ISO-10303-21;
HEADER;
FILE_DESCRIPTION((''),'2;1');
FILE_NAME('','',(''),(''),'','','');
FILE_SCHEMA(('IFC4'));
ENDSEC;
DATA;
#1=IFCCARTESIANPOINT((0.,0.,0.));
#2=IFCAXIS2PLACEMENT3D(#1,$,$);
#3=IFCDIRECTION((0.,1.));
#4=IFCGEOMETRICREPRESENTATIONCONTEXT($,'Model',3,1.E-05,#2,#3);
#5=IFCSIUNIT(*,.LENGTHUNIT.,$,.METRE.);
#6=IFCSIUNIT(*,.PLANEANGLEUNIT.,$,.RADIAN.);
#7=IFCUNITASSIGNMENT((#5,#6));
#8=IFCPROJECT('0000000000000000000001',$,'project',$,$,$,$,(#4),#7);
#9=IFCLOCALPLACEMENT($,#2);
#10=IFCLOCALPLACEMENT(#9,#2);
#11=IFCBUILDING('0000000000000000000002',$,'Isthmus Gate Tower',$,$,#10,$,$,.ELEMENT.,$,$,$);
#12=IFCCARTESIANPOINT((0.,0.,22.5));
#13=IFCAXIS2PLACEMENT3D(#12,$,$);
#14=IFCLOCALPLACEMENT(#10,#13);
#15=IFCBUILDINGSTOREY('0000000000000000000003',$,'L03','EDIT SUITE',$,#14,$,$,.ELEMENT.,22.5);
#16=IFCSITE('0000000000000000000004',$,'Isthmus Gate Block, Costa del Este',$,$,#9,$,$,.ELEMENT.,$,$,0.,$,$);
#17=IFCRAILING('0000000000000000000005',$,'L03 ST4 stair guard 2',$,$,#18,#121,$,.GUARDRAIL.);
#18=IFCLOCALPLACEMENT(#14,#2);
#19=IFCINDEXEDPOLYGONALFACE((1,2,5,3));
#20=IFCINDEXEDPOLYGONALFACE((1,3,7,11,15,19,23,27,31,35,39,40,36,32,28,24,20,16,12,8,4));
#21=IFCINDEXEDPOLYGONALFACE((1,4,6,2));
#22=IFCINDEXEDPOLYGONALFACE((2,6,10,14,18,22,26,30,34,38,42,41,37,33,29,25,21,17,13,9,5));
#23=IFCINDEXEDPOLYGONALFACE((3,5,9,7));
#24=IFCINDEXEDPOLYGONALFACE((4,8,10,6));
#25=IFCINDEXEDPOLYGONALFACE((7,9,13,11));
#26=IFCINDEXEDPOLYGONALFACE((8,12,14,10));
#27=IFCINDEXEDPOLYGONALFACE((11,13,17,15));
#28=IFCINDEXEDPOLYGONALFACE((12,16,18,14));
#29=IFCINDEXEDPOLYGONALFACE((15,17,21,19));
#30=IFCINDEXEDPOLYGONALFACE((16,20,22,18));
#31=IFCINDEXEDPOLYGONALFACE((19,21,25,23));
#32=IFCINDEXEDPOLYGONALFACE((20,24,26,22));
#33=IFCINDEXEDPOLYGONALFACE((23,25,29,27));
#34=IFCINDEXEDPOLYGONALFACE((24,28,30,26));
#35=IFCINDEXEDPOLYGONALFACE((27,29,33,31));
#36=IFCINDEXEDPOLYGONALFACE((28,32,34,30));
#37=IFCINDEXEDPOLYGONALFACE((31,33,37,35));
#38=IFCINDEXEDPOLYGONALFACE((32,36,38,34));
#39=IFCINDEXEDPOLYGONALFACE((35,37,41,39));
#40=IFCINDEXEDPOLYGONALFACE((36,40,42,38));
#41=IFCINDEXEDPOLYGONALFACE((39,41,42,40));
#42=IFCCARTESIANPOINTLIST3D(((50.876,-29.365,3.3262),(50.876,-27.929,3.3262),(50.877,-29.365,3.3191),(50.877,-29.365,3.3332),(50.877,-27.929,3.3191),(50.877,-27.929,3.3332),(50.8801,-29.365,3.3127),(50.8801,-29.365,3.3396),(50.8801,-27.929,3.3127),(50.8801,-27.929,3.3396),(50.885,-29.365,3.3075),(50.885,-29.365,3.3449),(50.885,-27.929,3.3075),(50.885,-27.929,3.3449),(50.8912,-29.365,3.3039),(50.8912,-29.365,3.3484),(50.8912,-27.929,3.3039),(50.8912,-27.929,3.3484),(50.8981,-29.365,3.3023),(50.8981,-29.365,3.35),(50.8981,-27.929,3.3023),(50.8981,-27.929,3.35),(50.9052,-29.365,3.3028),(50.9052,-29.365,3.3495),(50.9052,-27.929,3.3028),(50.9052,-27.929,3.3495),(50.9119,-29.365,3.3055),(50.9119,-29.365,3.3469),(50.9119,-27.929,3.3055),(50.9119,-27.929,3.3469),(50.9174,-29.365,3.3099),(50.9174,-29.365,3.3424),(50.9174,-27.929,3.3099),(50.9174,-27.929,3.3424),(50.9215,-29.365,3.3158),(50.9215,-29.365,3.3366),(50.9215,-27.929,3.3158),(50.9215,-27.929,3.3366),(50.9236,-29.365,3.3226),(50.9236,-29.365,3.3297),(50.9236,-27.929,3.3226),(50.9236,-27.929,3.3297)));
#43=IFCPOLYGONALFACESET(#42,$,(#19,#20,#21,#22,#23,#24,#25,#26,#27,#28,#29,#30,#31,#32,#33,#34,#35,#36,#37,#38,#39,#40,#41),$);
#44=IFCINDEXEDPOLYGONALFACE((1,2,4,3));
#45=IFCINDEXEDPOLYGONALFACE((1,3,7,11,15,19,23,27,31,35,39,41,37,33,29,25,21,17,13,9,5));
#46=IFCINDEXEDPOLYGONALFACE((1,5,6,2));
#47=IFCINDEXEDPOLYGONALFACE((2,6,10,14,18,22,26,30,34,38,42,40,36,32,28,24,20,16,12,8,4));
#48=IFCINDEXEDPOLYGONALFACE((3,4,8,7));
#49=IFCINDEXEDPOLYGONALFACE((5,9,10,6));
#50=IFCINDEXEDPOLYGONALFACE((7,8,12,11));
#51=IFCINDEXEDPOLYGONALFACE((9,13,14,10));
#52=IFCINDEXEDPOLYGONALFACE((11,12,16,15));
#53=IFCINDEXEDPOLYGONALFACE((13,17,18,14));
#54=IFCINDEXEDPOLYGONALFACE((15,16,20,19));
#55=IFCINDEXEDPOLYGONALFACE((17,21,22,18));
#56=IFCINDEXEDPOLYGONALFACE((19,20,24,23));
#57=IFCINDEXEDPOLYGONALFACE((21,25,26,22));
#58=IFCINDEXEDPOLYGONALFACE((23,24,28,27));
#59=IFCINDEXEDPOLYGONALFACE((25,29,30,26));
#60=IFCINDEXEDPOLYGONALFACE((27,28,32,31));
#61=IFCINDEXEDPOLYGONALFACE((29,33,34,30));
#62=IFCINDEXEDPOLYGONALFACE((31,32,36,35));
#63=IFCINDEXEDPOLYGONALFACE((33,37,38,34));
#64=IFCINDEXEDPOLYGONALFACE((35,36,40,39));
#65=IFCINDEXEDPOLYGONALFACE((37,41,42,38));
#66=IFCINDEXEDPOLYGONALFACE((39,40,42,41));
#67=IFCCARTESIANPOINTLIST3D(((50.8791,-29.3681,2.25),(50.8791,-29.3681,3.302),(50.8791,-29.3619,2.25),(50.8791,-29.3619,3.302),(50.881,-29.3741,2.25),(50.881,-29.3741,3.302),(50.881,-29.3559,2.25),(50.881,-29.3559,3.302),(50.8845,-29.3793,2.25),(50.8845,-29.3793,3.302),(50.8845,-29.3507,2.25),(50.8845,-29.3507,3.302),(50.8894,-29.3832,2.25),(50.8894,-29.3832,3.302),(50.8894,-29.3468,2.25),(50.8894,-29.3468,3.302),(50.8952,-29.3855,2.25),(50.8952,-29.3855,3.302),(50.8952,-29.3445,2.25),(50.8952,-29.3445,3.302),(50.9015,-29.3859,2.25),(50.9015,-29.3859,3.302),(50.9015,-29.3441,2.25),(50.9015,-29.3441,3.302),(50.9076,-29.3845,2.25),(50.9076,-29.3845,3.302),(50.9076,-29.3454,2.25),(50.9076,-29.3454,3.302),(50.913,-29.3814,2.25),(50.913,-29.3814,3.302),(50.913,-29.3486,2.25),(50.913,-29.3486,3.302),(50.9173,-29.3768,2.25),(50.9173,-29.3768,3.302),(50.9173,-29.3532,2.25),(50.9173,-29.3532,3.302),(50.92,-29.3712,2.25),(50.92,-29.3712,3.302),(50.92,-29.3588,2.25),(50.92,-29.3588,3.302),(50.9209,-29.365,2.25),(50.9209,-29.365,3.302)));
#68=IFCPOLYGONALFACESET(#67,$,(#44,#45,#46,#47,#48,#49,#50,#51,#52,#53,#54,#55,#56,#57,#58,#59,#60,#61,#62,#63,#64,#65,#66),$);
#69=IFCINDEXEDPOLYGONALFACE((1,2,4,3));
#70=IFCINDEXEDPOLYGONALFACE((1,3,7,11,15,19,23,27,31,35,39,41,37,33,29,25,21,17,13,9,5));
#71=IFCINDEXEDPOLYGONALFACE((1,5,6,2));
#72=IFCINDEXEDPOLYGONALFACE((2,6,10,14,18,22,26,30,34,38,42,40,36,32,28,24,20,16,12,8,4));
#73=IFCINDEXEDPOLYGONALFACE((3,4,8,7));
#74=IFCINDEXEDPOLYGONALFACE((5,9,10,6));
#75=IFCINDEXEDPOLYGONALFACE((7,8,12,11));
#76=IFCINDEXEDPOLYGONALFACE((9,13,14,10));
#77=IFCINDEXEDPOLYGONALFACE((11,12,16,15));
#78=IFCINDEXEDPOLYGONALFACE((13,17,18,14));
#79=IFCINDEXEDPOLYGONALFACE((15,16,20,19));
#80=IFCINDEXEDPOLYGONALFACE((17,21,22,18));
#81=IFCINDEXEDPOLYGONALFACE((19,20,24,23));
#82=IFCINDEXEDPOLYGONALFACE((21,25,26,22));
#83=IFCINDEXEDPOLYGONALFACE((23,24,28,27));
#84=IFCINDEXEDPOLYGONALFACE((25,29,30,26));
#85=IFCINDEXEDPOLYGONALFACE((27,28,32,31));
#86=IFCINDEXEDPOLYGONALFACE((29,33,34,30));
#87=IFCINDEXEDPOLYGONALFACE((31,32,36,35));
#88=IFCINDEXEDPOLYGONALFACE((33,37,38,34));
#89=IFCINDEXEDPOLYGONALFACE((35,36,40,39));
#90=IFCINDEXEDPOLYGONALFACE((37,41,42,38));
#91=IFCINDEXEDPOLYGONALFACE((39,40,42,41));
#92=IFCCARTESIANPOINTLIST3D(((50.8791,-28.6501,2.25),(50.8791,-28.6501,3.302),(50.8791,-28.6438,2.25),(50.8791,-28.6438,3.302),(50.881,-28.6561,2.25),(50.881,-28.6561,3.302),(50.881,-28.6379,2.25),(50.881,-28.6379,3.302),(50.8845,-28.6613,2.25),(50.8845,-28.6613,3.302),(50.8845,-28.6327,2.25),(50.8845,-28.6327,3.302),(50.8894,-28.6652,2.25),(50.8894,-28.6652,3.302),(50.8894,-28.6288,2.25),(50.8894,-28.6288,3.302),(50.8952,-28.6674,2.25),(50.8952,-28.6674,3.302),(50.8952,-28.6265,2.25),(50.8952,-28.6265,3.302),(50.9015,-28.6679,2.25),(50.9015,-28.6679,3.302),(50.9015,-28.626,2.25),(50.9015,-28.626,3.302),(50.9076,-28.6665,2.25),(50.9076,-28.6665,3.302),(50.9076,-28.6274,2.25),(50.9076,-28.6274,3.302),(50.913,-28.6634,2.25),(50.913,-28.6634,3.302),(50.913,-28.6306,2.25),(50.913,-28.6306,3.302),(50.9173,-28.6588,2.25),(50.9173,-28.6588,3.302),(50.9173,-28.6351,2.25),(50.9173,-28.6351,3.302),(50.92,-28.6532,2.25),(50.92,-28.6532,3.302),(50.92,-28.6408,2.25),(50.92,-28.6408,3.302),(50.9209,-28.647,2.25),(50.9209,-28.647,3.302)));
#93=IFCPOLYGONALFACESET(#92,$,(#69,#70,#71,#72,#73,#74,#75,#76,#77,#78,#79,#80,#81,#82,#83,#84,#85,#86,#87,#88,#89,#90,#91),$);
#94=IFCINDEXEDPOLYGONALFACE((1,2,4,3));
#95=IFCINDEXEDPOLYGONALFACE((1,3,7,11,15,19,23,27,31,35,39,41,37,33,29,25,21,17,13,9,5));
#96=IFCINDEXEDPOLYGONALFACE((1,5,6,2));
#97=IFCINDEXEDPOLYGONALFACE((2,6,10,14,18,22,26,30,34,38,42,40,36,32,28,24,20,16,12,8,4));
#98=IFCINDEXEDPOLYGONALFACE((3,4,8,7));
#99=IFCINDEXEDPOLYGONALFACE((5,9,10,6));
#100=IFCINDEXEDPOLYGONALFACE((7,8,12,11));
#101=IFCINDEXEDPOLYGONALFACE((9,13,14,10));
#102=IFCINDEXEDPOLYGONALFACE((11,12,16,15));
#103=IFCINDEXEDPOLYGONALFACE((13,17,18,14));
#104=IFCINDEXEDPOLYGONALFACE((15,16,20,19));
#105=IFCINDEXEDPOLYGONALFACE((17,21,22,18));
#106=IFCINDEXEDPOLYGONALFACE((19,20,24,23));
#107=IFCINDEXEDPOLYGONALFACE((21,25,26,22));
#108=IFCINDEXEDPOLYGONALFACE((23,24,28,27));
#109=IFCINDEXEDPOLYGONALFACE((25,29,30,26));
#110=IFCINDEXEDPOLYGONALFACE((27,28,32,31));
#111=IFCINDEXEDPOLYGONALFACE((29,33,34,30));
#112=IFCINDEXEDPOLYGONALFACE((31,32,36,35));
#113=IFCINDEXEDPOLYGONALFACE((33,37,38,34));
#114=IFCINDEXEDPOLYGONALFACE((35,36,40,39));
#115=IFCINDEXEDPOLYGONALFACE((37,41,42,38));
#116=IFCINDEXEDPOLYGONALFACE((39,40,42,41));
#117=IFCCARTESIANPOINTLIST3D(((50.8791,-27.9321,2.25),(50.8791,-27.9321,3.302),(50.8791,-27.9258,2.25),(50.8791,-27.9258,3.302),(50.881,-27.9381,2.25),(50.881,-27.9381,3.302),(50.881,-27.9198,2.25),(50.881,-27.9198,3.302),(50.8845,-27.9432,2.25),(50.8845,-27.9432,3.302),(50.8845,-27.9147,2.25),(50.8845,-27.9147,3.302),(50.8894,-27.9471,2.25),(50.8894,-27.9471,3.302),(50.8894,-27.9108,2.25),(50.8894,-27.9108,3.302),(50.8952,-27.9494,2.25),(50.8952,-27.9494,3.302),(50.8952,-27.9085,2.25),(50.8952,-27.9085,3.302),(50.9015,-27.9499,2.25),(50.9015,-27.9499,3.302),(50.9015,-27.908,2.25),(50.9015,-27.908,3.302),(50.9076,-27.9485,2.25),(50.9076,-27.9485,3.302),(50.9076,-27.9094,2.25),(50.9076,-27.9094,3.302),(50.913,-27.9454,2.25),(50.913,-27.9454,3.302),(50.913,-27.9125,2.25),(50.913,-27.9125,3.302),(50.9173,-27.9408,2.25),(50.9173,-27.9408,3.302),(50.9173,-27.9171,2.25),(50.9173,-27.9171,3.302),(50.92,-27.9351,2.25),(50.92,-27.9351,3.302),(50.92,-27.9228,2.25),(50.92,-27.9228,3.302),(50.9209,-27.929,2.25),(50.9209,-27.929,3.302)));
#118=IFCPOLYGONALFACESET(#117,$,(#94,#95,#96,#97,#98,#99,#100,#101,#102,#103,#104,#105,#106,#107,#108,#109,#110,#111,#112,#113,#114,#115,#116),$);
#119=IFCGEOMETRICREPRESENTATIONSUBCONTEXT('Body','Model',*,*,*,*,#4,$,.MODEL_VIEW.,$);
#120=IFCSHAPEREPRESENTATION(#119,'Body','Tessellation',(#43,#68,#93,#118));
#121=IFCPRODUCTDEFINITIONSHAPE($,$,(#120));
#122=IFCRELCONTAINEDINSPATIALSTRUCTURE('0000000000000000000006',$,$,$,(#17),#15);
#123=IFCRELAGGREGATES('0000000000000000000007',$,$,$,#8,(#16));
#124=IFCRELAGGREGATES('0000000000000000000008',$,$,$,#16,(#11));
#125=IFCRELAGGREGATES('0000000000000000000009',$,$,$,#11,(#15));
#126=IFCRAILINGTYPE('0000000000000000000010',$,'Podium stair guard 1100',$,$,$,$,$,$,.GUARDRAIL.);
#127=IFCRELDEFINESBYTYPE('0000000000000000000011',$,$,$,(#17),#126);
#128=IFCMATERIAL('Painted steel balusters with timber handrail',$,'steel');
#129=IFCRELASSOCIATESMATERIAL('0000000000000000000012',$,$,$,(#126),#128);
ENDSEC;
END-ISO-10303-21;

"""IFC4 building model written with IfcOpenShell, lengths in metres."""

from ifc_helpers import new_model, si_unit, direction, frame, origin, origin_2d, place, context, subcontext, project, spatial, circle, extrude, material, type_object, element, save


model = new_model("IFC4")

# Units and contexts
model_context = context("Model", 3, precision=1e-05, world=origin(), true_north=direction((0.0, 1.0)))
body_context = subcontext(model_context, "Body", "Model", "MODEL_VIEW")
ifc_project = project(units=[si_unit("LENGTHUNIT", "METRE"), si_unit("PLANEANGLEUNIT", "RADIAN")], contexts=[model_context])

# Site, building, storey
site_placement = place(None, origin())
site = spatial("IfcSite", under=ifc_project, at=site_placement, Name="Isthmus Gate Block, Costa del Este", CompositionType="ELEMENT", RefElevation=0.0)
building_placement = place(site_placement, origin())
building = spatial("IfcBuilding", under=site, at=building_placement, Name="Isthmus Gate Tower", CompositionType="ELEMENT")
storey_placement = place(building_placement, frame((0.0, 0.0, 22.5)))
storey = spatial("IfcBuildingStorey", under=building, at=storey_placement, Name="L03", Description="EDIT SUITE", CompositionType="ELEMENT", Elevation=22.5)

# Railing
ifc_material_1 = material(Name="Painted steel balusters with timber handrail", Category="steel")
railing_type_1 = type_object("IfcRailingType", Name="Podium stair guard 1100", PredefinedType="GUARDRAIL", material=ifc_material_1)
railing_1_placement = place(storey_placement, frame((50.8999, -29.365, 2.25)))
element("IfcRailing", 1, at=railing_1_placement, inside=storey, type_object=railing_type_1, Name="L03 ST4 stair guard 2", PredefinedType="GUARDRAIL", context=body_context, shape_type="SweptSolid", body=[
    extrude(circle(Radius=0.0239, at=origin_2d()), frame((0.0, 0.0, 1.0762), z_axis=(0.0, 1.0, 0.0), x_axis=(-1.0, 0.0, 0.0)), (0.0, 0.0, 1.0), 1.436),
    extrude(circle(Radius=0.021, at=origin_2d()), origin(), (0.0, 0.0, 1.0), 1.052),
    extrude(circle(Radius=0.021, at=origin_2d()), frame((0.0, 0.718, 0.0)), (0.0, 0.0, 1.0), 1.052),
    extrude(circle(Radius=0.021, at=origin_2d()), frame((0.0, 1.436, 0.0)), (0.0, 0.0, 1.0), 1.052),
])

save(model, "model.ifc")
